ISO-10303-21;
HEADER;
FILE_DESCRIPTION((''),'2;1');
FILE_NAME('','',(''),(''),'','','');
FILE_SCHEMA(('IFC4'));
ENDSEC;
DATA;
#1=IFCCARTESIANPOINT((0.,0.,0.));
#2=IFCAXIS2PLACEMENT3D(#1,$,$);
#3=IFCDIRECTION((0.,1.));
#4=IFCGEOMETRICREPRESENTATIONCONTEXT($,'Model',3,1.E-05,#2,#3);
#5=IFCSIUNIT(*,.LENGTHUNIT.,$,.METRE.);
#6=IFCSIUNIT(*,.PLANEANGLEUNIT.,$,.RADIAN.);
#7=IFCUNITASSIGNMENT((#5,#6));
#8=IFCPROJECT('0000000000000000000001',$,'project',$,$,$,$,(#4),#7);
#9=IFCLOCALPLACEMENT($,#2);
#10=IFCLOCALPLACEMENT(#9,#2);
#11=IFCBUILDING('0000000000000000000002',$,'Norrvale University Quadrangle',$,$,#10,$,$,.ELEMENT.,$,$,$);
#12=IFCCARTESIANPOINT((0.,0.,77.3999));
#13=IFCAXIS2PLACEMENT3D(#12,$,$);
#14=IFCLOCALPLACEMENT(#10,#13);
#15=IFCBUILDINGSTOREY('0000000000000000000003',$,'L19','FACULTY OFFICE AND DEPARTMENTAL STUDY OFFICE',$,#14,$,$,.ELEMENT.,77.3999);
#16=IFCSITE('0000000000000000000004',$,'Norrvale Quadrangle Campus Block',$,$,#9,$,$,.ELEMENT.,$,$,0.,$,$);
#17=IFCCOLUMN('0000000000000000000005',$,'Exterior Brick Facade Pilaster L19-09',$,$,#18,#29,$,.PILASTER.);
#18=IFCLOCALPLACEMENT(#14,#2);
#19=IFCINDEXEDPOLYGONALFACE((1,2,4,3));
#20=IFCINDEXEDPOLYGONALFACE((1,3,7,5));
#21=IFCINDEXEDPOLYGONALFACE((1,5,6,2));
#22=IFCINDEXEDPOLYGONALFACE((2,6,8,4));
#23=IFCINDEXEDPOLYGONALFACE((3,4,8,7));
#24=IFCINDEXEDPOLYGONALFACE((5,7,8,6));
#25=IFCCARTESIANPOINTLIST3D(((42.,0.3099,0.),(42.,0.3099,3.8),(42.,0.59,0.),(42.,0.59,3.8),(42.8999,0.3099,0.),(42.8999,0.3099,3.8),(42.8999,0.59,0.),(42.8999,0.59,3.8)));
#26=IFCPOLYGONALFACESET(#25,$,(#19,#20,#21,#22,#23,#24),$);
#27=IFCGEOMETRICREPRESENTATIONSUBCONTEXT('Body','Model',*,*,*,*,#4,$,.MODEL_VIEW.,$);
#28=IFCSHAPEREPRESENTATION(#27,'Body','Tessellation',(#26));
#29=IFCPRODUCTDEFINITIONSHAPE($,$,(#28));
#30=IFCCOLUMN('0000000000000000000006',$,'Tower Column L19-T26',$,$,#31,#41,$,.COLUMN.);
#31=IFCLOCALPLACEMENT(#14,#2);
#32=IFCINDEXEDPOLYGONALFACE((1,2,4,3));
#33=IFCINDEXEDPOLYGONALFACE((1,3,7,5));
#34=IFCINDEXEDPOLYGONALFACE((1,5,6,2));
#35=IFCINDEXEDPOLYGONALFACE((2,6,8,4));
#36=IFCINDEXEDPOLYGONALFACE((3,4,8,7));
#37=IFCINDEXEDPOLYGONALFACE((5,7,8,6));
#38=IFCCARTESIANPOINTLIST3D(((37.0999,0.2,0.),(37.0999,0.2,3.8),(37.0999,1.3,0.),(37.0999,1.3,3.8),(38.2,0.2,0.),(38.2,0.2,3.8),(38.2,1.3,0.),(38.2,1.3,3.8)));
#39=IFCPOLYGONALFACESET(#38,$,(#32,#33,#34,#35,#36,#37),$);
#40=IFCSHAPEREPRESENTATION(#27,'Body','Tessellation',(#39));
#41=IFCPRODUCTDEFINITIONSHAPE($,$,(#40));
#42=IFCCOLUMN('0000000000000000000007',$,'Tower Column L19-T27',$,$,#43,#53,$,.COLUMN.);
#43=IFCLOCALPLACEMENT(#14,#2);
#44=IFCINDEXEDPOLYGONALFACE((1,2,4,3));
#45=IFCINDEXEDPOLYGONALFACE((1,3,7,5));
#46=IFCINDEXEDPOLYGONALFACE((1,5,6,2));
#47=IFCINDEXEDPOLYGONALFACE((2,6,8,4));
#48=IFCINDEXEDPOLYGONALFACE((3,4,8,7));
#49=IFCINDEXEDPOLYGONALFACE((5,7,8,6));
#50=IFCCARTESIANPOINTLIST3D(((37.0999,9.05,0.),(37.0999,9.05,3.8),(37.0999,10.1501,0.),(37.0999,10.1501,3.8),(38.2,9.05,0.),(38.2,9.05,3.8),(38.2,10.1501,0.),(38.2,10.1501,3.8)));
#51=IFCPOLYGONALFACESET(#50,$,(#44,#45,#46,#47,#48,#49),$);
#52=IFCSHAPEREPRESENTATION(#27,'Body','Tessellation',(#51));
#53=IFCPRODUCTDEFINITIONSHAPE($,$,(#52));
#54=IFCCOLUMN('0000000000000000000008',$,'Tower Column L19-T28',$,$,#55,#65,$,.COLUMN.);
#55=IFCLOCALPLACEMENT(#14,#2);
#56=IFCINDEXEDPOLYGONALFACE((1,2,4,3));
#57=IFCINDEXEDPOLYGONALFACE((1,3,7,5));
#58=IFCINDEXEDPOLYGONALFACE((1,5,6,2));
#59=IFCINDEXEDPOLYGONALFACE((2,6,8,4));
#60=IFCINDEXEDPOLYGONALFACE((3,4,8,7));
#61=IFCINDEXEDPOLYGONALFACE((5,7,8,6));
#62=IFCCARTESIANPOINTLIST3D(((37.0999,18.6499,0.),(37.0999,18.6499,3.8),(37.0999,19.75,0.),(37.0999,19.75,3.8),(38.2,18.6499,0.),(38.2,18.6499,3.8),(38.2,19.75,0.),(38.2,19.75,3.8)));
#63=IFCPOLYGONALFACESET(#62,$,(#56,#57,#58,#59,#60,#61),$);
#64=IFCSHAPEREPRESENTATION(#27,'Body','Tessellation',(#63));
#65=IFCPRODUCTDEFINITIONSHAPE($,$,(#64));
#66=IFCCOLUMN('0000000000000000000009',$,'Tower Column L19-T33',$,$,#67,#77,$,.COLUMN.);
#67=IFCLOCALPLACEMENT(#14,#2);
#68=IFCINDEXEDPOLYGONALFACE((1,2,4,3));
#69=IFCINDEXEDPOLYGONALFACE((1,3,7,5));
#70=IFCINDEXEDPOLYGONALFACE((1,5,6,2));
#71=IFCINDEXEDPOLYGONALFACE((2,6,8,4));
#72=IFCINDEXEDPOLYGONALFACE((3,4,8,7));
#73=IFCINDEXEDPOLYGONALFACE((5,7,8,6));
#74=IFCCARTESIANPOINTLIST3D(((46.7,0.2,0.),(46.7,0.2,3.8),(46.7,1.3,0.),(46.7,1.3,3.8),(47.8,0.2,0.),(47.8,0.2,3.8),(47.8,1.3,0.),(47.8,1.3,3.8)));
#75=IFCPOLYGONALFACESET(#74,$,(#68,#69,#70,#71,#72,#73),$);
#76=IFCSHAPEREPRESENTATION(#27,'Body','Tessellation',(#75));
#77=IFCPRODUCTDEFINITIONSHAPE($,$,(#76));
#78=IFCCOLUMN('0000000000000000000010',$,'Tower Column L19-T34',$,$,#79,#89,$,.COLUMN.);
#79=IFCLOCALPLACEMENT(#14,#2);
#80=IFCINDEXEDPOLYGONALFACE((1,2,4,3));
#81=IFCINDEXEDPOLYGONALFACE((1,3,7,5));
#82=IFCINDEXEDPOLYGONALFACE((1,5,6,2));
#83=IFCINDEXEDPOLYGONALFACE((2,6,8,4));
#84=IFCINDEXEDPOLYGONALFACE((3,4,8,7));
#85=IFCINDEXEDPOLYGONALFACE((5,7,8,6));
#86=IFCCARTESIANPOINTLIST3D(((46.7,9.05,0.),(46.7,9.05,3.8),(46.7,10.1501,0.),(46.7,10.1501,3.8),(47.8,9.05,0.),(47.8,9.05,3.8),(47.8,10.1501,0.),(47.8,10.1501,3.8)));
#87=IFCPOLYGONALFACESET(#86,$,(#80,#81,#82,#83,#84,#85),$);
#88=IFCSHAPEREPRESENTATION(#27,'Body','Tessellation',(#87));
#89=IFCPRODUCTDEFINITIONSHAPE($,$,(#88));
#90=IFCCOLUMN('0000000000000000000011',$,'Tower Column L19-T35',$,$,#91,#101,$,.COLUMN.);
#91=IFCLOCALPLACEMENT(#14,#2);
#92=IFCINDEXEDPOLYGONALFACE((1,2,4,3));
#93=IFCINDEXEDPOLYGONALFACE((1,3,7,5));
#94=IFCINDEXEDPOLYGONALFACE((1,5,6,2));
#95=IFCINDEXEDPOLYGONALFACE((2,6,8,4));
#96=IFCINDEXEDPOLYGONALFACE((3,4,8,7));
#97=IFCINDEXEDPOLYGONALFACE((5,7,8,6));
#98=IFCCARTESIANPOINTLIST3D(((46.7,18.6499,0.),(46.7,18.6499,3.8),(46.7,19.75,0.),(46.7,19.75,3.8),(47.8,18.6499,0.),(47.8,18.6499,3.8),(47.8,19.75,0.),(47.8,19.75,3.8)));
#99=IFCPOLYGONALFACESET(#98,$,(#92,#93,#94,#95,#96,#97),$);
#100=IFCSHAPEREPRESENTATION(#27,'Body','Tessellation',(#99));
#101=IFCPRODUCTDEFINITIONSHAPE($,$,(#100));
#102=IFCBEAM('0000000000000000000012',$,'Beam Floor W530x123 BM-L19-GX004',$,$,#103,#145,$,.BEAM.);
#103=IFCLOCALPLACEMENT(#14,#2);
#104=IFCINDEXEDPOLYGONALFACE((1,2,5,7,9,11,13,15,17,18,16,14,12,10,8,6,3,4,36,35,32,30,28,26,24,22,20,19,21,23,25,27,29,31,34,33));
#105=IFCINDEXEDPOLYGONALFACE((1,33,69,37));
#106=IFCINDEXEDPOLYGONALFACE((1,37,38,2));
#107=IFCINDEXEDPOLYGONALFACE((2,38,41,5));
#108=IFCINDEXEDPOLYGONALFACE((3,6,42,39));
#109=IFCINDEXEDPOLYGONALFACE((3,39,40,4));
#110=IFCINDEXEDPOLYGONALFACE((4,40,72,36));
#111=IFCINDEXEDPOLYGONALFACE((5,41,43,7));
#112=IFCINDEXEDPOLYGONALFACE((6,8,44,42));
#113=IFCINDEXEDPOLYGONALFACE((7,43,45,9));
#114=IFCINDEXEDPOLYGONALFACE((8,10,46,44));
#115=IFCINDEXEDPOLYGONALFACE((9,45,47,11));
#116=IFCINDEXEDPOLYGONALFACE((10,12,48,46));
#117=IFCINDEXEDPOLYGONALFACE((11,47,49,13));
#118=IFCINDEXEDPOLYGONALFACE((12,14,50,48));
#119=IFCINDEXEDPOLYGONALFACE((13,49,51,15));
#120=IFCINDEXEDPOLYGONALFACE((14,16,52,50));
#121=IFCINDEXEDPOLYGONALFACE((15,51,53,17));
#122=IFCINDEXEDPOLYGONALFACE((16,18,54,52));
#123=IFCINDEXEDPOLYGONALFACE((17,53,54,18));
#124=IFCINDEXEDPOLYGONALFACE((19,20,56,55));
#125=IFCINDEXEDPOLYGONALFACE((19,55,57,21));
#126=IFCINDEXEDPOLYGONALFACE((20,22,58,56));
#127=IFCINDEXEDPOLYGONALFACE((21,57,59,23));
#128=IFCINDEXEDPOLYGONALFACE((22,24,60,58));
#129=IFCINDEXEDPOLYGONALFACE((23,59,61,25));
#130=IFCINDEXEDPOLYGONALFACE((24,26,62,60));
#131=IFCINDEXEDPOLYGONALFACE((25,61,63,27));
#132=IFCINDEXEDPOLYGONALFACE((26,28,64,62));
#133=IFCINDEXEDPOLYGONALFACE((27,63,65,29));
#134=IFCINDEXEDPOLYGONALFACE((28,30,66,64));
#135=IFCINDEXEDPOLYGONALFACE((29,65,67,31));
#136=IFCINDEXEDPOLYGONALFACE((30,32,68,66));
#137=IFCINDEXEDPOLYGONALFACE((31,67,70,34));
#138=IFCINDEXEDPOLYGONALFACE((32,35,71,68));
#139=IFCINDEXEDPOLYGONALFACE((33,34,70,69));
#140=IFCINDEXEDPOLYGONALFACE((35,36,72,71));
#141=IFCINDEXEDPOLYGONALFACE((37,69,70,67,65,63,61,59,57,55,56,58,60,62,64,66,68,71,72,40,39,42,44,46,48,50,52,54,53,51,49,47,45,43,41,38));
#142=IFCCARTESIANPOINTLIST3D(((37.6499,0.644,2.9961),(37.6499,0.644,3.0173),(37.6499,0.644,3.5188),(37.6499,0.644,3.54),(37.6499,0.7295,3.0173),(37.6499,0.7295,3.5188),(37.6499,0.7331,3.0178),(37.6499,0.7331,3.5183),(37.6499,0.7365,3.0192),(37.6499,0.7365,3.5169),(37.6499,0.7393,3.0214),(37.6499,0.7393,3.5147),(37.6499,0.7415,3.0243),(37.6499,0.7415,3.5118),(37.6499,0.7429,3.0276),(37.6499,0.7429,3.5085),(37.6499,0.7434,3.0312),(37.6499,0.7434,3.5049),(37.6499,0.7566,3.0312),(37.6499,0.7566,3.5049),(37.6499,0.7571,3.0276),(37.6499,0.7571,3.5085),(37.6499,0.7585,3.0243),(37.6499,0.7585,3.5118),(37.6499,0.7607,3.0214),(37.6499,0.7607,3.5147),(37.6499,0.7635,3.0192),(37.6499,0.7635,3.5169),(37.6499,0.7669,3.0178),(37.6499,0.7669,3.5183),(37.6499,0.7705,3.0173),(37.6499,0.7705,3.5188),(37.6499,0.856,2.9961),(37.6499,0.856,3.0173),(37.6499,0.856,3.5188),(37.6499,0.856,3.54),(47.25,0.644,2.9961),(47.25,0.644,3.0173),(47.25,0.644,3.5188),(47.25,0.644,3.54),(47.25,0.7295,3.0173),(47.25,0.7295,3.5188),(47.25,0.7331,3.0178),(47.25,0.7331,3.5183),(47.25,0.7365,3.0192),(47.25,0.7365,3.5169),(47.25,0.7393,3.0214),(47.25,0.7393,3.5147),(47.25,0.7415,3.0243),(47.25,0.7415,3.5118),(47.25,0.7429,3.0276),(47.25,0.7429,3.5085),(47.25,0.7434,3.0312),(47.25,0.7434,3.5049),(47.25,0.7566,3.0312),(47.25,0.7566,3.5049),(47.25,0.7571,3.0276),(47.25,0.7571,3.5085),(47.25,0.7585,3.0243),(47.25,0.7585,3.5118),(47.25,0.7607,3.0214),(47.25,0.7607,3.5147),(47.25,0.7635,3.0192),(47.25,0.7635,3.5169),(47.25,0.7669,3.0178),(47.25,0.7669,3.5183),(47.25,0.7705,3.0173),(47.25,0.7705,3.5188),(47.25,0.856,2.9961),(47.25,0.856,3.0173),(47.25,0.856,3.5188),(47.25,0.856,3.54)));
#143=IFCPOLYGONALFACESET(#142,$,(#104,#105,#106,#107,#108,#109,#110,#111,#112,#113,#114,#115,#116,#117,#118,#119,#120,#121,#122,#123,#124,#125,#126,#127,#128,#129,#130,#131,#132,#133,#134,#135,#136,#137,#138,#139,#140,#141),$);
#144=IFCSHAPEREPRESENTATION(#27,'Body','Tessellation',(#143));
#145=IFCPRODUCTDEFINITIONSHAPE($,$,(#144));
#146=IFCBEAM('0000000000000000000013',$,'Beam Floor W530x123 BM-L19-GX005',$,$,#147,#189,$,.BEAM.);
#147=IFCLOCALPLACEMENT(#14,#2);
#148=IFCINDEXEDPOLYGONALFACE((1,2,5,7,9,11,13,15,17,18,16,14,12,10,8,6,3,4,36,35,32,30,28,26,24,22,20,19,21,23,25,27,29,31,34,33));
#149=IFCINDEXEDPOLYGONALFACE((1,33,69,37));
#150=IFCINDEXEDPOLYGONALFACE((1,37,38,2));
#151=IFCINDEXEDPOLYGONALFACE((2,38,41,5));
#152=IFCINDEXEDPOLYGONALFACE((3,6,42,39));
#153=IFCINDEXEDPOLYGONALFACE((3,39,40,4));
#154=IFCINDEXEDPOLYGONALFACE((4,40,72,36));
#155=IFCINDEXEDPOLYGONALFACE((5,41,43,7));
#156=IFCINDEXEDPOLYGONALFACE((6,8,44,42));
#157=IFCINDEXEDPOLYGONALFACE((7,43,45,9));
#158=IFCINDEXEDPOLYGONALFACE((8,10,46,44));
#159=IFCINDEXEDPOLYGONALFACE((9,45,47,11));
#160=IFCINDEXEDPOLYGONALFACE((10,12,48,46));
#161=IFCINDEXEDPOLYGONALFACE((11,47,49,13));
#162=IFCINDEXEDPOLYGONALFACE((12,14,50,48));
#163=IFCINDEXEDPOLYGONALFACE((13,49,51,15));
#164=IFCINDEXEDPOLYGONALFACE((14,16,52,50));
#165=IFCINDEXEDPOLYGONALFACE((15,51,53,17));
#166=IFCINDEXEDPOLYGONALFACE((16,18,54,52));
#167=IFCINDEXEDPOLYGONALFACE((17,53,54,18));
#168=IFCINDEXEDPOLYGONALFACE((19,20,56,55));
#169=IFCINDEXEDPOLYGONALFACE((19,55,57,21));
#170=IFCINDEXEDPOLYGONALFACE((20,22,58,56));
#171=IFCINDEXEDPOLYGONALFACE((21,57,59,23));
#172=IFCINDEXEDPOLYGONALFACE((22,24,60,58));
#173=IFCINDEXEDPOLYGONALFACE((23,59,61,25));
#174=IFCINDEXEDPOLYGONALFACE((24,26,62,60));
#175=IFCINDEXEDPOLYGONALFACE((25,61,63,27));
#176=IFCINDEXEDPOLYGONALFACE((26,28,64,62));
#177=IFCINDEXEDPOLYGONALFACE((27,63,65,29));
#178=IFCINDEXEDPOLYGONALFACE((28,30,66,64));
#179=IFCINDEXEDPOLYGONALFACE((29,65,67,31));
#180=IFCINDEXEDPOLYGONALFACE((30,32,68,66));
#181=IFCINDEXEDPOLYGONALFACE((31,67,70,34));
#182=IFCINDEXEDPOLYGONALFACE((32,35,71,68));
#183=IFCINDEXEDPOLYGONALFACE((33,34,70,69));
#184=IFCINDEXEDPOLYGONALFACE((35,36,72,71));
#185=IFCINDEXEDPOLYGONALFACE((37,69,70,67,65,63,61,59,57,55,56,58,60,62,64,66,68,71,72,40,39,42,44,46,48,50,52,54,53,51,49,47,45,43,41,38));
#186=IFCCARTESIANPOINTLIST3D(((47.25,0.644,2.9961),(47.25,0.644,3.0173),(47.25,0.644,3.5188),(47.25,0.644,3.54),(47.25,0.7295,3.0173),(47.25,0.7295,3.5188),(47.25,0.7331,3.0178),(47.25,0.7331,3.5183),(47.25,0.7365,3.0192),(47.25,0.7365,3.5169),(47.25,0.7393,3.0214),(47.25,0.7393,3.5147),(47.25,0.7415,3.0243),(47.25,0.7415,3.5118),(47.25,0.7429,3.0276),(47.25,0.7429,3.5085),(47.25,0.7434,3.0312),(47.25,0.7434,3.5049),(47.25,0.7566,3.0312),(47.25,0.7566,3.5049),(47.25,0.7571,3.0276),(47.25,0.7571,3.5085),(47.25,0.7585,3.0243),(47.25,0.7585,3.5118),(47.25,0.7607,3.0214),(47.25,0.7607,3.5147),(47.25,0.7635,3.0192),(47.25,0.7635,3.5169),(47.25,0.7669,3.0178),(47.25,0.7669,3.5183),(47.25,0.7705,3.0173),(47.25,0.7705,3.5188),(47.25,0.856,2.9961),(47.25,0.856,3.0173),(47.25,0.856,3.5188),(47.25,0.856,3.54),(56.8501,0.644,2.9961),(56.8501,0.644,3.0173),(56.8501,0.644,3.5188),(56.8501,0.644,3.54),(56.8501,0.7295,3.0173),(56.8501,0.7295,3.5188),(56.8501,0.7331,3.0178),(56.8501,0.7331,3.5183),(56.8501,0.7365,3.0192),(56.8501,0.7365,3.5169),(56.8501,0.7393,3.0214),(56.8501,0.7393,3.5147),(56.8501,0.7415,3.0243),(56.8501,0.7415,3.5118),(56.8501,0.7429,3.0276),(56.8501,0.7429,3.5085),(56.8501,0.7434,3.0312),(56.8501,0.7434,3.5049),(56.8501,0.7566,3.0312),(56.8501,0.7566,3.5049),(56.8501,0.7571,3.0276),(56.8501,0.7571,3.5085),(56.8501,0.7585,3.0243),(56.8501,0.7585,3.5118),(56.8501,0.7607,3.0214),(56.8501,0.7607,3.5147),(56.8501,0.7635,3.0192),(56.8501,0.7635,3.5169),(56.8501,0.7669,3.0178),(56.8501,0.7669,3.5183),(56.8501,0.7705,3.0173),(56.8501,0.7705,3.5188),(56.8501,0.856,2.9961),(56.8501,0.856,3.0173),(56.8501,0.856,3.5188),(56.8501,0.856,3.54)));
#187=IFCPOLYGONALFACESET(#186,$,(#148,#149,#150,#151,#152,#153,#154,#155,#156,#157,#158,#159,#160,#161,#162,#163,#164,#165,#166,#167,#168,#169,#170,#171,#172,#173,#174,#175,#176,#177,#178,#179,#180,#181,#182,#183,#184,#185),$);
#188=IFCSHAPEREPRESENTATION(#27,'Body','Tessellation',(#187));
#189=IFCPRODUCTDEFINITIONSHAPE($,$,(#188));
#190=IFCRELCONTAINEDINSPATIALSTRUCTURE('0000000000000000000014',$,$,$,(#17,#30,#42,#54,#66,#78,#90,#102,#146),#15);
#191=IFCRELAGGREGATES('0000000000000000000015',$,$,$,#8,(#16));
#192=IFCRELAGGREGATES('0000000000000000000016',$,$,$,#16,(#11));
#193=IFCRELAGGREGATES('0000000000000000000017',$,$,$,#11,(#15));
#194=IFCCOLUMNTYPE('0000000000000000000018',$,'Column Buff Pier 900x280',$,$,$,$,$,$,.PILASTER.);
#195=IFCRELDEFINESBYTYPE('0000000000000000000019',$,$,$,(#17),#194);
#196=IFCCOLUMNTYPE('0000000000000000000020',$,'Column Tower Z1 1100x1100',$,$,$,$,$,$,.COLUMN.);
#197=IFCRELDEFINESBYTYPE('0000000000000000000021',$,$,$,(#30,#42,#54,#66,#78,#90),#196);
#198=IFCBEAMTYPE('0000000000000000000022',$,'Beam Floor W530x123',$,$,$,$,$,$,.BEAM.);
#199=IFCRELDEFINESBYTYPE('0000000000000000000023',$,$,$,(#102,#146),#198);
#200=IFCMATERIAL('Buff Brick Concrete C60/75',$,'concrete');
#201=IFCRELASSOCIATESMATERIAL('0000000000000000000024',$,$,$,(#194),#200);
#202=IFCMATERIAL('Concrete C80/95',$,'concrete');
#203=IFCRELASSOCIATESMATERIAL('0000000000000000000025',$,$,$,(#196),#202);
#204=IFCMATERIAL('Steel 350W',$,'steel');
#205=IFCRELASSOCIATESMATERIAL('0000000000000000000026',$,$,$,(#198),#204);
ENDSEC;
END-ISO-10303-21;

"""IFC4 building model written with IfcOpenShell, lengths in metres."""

from ifc_helpers import new_model, si_unit, direction, frame, origin, origin_2d, place, context, subcontext, project, spatial, rectangle, i_section, extrude, material, material_profile, profile_set, type_object, element, save


model = new_model("IFC4")

# Units and contexts
model_context = context("Model", 3, precision=1e-05, world=origin(), true_north=direction((0.0, 1.0)))
body_context = subcontext(model_context, "Body", "Model", "MODEL_VIEW")
ifc_project = project(units=[si_unit("LENGTHUNIT", "METRE"), si_unit("PLANEANGLEUNIT", "RADIAN")], contexts=[model_context])

# Site, building, storey
site_placement = place(None, origin())
site = spatial("IfcSite", under=ifc_project, at=site_placement, Name="Norrvale Quadrangle Campus Block", CompositionType="ELEMENT", RefElevation=0.0)
building_placement = place(site_placement, origin())
building = spatial("IfcBuilding", under=site, at=building_placement, Name="Norrvale University Quadrangle", CompositionType="ELEMENT")
storey_placement = place(building_placement, frame((0.0, 0.0, 77.3999)))
storey = spatial("IfcBuildingStorey", under=building, at=storey_placement, Name="L19", Description="FACULTY OFFICE AND DEPARTMENTAL STUDY OFFICE", CompositionType="ELEMENT", Elevation=77.3999)

# Columns
ifc_material_1 = material(Name="Buff Brick Concrete C60/75", Category="concrete")
ifc_material_profile_1 = material_profile(ifc_material_1, rectangle(XDim=0.8999, YDim=0.28, at=origin_2d()), Name="Buff Brick Concrete C60/75")
ifc_profile_set_1 = profile_set([ifc_material_profile_1], Name="Buff Brick Concrete C60/75")
column_type_1 = type_object("IfcColumnType", Name="Column Buff Pier 900x280", PredefinedType="PILASTER", material=ifc_profile_set_1)
column_placement = place(storey_placement, frame((42.45, 0.45, 0.0), z_axis=(0.0, 0.0, 1.0), x_axis=(1.0, 0.0, 0.0)))
element("IfcColumn", 1, at=column_placement, inside=storey, type_object=column_type_1, Name="Exterior Brick Facade Pilaster L19-09", PredefinedType="PILASTER", context=body_context, shape_type="SweptSolid", body=[
    extrude(rectangle(XDim=0.8999, YDim=0.28, at=origin_2d()), origin(), (0.0, 0.0, 1.0), 3.8),
])
ifc_material_2 = material(Name="Concrete C80/95", Category="concrete")
ifc_material_profile_2 = material_profile(ifc_material_2, rectangle(XDim=1.1001, YDim=1.1001, at=origin_2d()), Name="Concrete C80/95")
ifc_profile_set_2 = profile_set([ifc_material_profile_2], Name="Concrete C80/95")
column_type_2 = type_object("IfcColumnType", Name="Column Tower Z1 1100x1100", PredefinedType="COLUMN", material=ifc_profile_set_2)
for number, where, z_axis, x_axis, name in (
    (2, (37.6499, 0.75, 0.0), (0.0, 0.0, 1.0), (1.0, 0.0, 0.0), "Tower Column L19-T26"),
    (3, (37.6499, 9.6001, 0.0), (0.0, 0.0, 1.0), (1.0, 0.0, 0.0), "Tower Column L19-T27"),
    (4, (37.6499, 19.2, 0.0), (0.0, 0.0, 1.0), (1.0, 0.0, 0.0), "Tower Column L19-T28"),
    (5, (47.25, 0.75, 0.0), (0.0, 0.0, 1.0), (1.0, 0.0, 0.0), "Tower Column L19-T33"),
    (6, (47.25, 9.6001, 0.0), (0.0, 0.0, 1.0), (1.0, 0.0, 0.0), "Tower Column L19-T34"),
    (7, (47.25, 19.2, 0.0), (0.0, 0.0, 1.0), (1.0, 0.0, 0.0), "Tower Column L19-T35"),
):
    element("IfcColumn", number, at=place(storey_placement, frame(where, z_axis=z_axis, x_axis=x_axis)), inside=storey, type_object=column_type_2, Name=name, PredefinedType="COLUMN", context=body_context, shape_type="SweptSolid", body=[
        extrude(rectangle(XDim=1.1001, YDim=1.1001, at=origin_2d()), origin(), (0.0, 0.0, 1.0), 3.8),
    ])

# Beams
ifc_material_3 = material(Name="Steel 350W", Category="steel")
ifc_material_profile_3 = material_profile(ifc_material_3, i_section(OverallWidth=0.2119, OverallDepth=0.5439, WebThickness=0.0132, FlangeThickness=0.0212, FilletRadius=0.0139, at=origin_2d()), Name="Steel 350W")
ifc_profile_set_3 = profile_set([ifc_material_profile_3], Name="Steel 350W")
beam_type_1 = type_object("IfcBeamType", Name="Beam Floor W530x123", PredefinedType="BEAM", material=ifc_profile_set_3)
for number, where, z_axis, x_axis, name in (
    (8, (37.6499, 0.75, 3.2681), (1.0, 0.0, 0.0), (0.0, 1.0, 0.0), "Beam Floor W530x123 BM-L19-GX004"),
    (9, (47.25, 0.75, 3.2681), (1.0, 0.0, 0.0), (0.0, 1.0, 0.0), "Beam Floor W530x123 BM-L19-GX005"),
):
    element("IfcBeam", number, at=place(storey_placement, frame(where, z_axis=z_axis, x_axis=x_axis)), inside=storey, type_object=beam_type_1, Name=name, PredefinedType="BEAM", context=body_context, shape_type="SweptSolid", body=[
        extrude(i_section(OverallWidth=0.2119, OverallDepth=0.5439, WebThickness=0.0132, FlangeThickness=0.0212, FilletRadius=0.0139, at=origin_2d()), origin(), (0.0, 0.0, 1.0), 9.6001),
    ])

save(model, "model.ifc")
